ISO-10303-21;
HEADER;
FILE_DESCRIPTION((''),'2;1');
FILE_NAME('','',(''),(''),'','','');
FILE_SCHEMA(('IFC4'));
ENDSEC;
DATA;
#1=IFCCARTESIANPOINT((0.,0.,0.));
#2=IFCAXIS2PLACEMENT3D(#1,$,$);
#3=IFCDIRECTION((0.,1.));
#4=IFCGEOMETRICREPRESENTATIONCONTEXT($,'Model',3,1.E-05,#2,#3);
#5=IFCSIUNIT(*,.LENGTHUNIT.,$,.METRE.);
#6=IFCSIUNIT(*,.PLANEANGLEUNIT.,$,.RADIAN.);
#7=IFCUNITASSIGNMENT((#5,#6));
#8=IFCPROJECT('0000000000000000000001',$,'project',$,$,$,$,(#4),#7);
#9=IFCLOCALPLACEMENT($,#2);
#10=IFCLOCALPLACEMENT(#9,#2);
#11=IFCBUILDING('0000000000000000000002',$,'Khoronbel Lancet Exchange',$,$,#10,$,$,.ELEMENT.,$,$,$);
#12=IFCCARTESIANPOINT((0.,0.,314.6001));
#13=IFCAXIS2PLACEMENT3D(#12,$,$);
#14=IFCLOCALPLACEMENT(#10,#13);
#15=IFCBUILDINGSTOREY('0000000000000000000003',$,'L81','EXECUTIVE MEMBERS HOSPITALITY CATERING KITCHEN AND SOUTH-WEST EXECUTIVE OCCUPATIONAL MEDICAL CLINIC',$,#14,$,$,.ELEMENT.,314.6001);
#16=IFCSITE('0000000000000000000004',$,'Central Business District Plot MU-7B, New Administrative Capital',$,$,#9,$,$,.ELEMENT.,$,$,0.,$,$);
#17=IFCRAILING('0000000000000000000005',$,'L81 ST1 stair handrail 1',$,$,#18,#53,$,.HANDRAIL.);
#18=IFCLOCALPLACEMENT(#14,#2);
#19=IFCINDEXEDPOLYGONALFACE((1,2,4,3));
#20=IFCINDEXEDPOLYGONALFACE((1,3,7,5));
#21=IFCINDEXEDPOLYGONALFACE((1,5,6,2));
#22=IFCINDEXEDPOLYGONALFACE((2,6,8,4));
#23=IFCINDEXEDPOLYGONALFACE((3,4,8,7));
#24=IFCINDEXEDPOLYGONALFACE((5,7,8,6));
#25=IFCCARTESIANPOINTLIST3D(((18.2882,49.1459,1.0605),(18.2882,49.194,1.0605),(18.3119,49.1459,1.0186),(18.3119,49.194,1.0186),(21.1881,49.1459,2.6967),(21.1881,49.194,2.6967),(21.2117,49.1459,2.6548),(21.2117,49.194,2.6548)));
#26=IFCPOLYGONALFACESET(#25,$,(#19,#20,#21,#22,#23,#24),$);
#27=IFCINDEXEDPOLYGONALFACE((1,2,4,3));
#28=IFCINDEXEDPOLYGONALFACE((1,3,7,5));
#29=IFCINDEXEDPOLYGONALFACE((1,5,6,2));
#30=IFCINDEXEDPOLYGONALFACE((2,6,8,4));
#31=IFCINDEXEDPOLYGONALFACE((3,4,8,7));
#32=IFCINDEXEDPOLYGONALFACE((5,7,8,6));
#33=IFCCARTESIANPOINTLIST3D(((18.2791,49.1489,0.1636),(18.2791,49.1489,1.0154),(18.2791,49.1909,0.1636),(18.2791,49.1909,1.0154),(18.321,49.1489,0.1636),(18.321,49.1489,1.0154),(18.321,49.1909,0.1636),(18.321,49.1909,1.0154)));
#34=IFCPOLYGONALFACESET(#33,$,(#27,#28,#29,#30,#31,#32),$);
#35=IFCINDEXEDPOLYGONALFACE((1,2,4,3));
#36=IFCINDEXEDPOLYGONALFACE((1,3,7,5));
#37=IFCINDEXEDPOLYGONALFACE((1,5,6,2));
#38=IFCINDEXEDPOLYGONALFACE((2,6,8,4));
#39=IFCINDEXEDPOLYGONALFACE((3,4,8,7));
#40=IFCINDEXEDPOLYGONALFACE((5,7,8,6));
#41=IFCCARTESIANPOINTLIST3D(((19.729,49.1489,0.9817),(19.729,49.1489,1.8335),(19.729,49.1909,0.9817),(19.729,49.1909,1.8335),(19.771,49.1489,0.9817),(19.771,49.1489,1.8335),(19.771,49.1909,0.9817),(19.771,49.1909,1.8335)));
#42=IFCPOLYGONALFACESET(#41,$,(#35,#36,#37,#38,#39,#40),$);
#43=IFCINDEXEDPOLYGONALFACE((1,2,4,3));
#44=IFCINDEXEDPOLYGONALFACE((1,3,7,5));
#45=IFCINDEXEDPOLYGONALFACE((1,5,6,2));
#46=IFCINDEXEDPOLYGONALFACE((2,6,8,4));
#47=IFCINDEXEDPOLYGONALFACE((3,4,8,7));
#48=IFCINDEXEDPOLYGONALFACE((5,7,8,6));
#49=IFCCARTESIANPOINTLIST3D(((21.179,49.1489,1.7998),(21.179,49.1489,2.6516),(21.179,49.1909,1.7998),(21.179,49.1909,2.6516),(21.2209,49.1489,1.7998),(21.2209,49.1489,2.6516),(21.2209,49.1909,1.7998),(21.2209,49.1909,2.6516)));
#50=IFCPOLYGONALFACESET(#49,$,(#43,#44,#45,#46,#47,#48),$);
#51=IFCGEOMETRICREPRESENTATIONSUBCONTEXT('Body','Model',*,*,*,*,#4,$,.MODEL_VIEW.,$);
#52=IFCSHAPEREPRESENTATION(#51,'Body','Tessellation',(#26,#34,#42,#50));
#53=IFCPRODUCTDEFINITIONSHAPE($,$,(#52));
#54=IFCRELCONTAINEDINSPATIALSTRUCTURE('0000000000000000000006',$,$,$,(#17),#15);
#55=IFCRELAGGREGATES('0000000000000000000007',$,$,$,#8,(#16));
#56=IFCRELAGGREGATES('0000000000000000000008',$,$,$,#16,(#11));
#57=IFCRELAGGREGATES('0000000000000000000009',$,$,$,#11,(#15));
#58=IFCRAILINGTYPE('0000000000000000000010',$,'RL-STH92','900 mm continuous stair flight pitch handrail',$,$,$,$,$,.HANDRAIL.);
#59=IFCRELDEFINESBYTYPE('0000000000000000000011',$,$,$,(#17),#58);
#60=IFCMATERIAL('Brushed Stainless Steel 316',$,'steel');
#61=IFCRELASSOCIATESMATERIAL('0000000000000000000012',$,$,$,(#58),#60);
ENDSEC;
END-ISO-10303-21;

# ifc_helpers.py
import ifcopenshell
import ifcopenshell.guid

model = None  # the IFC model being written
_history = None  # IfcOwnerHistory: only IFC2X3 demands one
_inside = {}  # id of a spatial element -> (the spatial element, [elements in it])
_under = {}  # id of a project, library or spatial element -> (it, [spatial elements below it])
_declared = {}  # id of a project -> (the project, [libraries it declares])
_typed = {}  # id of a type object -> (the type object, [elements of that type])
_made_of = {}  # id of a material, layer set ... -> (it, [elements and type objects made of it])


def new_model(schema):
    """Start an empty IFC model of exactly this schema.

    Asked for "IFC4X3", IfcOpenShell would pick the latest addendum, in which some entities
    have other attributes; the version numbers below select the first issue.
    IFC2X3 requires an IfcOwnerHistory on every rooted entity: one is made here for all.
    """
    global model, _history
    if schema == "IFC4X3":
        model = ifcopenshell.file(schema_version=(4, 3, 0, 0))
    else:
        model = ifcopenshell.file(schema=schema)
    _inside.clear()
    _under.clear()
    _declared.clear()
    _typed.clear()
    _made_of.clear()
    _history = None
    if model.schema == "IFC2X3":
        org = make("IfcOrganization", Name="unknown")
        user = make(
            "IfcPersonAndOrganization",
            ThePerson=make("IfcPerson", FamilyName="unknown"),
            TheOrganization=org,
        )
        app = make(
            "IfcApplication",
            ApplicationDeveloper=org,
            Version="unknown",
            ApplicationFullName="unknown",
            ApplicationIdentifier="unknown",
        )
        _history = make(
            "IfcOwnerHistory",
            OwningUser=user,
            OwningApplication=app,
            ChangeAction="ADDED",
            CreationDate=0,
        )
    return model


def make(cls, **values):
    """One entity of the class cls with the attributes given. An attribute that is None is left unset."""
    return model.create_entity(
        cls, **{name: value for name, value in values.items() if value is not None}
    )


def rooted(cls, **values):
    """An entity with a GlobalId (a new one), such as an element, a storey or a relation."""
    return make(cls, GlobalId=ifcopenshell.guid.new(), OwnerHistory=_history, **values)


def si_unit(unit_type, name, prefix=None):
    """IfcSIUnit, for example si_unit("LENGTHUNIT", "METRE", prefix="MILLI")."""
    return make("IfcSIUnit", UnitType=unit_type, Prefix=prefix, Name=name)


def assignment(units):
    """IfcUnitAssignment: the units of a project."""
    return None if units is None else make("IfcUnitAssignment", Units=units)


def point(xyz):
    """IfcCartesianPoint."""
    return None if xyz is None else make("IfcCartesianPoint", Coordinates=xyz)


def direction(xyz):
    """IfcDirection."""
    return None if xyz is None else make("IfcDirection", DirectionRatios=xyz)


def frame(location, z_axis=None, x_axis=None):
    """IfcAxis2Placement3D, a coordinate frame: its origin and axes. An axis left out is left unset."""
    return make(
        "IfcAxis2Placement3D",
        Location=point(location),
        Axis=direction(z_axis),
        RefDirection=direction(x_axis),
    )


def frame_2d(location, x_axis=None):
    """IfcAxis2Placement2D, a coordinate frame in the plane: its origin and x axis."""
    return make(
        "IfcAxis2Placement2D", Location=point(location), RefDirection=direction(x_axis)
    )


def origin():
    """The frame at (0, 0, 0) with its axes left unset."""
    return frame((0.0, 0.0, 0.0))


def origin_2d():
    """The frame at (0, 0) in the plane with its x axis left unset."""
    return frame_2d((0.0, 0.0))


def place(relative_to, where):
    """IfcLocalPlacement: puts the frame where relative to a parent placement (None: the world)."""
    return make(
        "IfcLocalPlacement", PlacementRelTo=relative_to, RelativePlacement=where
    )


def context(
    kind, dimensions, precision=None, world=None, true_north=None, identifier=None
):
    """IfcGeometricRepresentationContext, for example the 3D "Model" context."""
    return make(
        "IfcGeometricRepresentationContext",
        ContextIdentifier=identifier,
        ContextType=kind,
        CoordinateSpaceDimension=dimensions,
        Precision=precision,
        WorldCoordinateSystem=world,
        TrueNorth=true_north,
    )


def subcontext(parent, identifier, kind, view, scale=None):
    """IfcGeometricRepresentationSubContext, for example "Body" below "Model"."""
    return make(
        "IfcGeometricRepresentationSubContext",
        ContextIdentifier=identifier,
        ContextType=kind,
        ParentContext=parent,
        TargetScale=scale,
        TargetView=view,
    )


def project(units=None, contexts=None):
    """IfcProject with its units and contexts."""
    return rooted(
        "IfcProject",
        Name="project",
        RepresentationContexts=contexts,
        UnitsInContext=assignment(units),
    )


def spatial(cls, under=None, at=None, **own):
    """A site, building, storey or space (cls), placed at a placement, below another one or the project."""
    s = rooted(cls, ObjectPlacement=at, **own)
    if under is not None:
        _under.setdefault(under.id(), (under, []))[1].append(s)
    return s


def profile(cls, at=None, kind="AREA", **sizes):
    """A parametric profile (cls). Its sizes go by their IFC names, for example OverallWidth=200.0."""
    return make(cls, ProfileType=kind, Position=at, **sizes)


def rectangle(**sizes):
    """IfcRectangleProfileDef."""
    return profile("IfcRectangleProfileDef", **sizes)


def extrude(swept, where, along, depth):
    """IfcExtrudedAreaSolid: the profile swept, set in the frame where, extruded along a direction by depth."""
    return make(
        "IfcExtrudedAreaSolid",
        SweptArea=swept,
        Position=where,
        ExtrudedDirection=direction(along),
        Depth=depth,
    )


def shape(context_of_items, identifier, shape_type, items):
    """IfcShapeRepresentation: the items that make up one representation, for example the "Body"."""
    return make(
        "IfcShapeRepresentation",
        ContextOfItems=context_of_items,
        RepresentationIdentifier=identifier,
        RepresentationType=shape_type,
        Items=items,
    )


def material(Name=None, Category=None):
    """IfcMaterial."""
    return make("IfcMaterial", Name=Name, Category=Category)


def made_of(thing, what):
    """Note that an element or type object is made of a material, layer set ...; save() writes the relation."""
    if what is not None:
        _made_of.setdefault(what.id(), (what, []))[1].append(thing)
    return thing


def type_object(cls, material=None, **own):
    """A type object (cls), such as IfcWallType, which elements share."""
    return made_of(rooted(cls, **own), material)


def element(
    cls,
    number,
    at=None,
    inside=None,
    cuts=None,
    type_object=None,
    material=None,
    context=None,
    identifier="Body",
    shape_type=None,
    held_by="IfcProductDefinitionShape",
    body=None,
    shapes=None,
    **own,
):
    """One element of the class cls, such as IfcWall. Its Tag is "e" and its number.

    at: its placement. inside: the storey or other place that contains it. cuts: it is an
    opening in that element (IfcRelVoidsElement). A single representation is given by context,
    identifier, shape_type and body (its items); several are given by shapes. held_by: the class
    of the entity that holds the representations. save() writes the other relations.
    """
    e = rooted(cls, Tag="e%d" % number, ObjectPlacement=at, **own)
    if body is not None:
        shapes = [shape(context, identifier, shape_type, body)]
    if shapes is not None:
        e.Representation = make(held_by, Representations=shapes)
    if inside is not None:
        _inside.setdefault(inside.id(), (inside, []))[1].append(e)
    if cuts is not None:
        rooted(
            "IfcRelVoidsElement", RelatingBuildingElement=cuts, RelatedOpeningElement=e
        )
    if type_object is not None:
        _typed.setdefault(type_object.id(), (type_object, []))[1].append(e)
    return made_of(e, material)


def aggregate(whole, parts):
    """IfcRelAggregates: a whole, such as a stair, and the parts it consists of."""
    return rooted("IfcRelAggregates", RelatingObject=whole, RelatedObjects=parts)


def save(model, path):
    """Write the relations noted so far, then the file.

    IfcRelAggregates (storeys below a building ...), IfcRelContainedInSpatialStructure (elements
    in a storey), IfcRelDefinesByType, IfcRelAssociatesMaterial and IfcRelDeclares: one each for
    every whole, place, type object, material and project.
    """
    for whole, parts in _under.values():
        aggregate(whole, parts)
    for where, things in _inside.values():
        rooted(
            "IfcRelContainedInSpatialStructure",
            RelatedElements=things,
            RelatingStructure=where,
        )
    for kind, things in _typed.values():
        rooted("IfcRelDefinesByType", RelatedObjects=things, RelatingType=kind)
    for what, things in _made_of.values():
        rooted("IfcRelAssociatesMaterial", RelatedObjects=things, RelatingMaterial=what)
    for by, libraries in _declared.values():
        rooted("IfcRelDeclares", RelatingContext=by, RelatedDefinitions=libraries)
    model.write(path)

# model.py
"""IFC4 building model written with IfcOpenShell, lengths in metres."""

from ifc_helpers import new_model, si_unit, direction, frame, origin, origin_2d, place, context, subcontext, project, spatial, rectangle, extrude, material, type_object, element, save


model = new_model("IFC4")

# Units and contexts
model_context = context("Model", 3, precision=1e-05, world=origin(), true_north=direction((0.0, 1.0)))
body_context = subcontext(model_context, "Body", "Model", "MODEL_VIEW")
ifc_project = project(units=[si_unit("LENGTHUNIT", "METRE"), si_unit("PLANEANGLEUNIT", "RADIAN")], contexts=[model_context])

# Site, building, storey
site_placement = place(None, origin())
site = spatial("IfcSite", under=ifc_project, at=site_placement, Name="Central Business District Plot MU-7B, New Administrative Capital", CompositionType="ELEMENT", RefElevation=0.0)
building_placement = place(site_placement, origin())
building = spatial("IfcBuilding", under=site, at=building_placement, Name="Khoronbel Lancet Exchange", CompositionType="ELEMENT")
storey_placement = place(building_placement, frame((0.0, 0.0, 314.6001)))
storey = spatial("IfcBuildingStorey", under=building, at=storey_placement, Name="L81", Description="EXECUTIVE MEMBERS HOSPITALITY CATERING KITCHEN AND SOUTH-WEST EXECUTIVE OCCUPATIONAL MEDICAL CLINIC", CompositionType="ELEMENT", Elevation=314.6001)

# Railing
ifc_material_1 = material(Name="Brushed Stainless Steel 316", Category="steel")
railing_type_1 = type_object("IfcRailingType", Name="RL-STH92", Description="900 mm continuous stair flight pitch handrail", PredefinedType="HANDRAIL", material=ifc_material_1)
railing_1_placement = place(storey_placement, frame((18.3, 49.1699, 0.1636)))
element("IfcRailing", 1, at=railing_1_placement, inside=storey, type_object=railing_type_1, Name="L81 ST1 stair handrail 1", PredefinedType="HANDRAIL", context=body_context, shape_type="SweptSolid", body=[
    extrude(rectangle(XDim=0.0481, YDim=0.0481, at=origin_2d()), frame((0.0, 0.0, 0.876), z_axis=(0.870929, 0.0, 0.49141), x_axis=(0.0, 1.0, 0.0)), (0.0, 0.0, 1.0), 3.3296),
    extrude(rectangle(XDim=0.042, YDim=0.042, at=origin_2d()), origin(), (0.0, 0.0, 1.0), 0.8518),
    extrude(rectangle(XDim=0.042, YDim=0.042, at=origin_2d()), frame((1.45, 0.0, 0.8181)), (0.0, 0.0, 1.0), 0.8518),
    extrude(rectangle(XDim=0.042, YDim=0.042, at=origin_2d()), frame((2.8999, 0.0, 1.6362)), (0.0, 0.0, 1.0), 0.8518),
])

save(model, "model.ifc")
